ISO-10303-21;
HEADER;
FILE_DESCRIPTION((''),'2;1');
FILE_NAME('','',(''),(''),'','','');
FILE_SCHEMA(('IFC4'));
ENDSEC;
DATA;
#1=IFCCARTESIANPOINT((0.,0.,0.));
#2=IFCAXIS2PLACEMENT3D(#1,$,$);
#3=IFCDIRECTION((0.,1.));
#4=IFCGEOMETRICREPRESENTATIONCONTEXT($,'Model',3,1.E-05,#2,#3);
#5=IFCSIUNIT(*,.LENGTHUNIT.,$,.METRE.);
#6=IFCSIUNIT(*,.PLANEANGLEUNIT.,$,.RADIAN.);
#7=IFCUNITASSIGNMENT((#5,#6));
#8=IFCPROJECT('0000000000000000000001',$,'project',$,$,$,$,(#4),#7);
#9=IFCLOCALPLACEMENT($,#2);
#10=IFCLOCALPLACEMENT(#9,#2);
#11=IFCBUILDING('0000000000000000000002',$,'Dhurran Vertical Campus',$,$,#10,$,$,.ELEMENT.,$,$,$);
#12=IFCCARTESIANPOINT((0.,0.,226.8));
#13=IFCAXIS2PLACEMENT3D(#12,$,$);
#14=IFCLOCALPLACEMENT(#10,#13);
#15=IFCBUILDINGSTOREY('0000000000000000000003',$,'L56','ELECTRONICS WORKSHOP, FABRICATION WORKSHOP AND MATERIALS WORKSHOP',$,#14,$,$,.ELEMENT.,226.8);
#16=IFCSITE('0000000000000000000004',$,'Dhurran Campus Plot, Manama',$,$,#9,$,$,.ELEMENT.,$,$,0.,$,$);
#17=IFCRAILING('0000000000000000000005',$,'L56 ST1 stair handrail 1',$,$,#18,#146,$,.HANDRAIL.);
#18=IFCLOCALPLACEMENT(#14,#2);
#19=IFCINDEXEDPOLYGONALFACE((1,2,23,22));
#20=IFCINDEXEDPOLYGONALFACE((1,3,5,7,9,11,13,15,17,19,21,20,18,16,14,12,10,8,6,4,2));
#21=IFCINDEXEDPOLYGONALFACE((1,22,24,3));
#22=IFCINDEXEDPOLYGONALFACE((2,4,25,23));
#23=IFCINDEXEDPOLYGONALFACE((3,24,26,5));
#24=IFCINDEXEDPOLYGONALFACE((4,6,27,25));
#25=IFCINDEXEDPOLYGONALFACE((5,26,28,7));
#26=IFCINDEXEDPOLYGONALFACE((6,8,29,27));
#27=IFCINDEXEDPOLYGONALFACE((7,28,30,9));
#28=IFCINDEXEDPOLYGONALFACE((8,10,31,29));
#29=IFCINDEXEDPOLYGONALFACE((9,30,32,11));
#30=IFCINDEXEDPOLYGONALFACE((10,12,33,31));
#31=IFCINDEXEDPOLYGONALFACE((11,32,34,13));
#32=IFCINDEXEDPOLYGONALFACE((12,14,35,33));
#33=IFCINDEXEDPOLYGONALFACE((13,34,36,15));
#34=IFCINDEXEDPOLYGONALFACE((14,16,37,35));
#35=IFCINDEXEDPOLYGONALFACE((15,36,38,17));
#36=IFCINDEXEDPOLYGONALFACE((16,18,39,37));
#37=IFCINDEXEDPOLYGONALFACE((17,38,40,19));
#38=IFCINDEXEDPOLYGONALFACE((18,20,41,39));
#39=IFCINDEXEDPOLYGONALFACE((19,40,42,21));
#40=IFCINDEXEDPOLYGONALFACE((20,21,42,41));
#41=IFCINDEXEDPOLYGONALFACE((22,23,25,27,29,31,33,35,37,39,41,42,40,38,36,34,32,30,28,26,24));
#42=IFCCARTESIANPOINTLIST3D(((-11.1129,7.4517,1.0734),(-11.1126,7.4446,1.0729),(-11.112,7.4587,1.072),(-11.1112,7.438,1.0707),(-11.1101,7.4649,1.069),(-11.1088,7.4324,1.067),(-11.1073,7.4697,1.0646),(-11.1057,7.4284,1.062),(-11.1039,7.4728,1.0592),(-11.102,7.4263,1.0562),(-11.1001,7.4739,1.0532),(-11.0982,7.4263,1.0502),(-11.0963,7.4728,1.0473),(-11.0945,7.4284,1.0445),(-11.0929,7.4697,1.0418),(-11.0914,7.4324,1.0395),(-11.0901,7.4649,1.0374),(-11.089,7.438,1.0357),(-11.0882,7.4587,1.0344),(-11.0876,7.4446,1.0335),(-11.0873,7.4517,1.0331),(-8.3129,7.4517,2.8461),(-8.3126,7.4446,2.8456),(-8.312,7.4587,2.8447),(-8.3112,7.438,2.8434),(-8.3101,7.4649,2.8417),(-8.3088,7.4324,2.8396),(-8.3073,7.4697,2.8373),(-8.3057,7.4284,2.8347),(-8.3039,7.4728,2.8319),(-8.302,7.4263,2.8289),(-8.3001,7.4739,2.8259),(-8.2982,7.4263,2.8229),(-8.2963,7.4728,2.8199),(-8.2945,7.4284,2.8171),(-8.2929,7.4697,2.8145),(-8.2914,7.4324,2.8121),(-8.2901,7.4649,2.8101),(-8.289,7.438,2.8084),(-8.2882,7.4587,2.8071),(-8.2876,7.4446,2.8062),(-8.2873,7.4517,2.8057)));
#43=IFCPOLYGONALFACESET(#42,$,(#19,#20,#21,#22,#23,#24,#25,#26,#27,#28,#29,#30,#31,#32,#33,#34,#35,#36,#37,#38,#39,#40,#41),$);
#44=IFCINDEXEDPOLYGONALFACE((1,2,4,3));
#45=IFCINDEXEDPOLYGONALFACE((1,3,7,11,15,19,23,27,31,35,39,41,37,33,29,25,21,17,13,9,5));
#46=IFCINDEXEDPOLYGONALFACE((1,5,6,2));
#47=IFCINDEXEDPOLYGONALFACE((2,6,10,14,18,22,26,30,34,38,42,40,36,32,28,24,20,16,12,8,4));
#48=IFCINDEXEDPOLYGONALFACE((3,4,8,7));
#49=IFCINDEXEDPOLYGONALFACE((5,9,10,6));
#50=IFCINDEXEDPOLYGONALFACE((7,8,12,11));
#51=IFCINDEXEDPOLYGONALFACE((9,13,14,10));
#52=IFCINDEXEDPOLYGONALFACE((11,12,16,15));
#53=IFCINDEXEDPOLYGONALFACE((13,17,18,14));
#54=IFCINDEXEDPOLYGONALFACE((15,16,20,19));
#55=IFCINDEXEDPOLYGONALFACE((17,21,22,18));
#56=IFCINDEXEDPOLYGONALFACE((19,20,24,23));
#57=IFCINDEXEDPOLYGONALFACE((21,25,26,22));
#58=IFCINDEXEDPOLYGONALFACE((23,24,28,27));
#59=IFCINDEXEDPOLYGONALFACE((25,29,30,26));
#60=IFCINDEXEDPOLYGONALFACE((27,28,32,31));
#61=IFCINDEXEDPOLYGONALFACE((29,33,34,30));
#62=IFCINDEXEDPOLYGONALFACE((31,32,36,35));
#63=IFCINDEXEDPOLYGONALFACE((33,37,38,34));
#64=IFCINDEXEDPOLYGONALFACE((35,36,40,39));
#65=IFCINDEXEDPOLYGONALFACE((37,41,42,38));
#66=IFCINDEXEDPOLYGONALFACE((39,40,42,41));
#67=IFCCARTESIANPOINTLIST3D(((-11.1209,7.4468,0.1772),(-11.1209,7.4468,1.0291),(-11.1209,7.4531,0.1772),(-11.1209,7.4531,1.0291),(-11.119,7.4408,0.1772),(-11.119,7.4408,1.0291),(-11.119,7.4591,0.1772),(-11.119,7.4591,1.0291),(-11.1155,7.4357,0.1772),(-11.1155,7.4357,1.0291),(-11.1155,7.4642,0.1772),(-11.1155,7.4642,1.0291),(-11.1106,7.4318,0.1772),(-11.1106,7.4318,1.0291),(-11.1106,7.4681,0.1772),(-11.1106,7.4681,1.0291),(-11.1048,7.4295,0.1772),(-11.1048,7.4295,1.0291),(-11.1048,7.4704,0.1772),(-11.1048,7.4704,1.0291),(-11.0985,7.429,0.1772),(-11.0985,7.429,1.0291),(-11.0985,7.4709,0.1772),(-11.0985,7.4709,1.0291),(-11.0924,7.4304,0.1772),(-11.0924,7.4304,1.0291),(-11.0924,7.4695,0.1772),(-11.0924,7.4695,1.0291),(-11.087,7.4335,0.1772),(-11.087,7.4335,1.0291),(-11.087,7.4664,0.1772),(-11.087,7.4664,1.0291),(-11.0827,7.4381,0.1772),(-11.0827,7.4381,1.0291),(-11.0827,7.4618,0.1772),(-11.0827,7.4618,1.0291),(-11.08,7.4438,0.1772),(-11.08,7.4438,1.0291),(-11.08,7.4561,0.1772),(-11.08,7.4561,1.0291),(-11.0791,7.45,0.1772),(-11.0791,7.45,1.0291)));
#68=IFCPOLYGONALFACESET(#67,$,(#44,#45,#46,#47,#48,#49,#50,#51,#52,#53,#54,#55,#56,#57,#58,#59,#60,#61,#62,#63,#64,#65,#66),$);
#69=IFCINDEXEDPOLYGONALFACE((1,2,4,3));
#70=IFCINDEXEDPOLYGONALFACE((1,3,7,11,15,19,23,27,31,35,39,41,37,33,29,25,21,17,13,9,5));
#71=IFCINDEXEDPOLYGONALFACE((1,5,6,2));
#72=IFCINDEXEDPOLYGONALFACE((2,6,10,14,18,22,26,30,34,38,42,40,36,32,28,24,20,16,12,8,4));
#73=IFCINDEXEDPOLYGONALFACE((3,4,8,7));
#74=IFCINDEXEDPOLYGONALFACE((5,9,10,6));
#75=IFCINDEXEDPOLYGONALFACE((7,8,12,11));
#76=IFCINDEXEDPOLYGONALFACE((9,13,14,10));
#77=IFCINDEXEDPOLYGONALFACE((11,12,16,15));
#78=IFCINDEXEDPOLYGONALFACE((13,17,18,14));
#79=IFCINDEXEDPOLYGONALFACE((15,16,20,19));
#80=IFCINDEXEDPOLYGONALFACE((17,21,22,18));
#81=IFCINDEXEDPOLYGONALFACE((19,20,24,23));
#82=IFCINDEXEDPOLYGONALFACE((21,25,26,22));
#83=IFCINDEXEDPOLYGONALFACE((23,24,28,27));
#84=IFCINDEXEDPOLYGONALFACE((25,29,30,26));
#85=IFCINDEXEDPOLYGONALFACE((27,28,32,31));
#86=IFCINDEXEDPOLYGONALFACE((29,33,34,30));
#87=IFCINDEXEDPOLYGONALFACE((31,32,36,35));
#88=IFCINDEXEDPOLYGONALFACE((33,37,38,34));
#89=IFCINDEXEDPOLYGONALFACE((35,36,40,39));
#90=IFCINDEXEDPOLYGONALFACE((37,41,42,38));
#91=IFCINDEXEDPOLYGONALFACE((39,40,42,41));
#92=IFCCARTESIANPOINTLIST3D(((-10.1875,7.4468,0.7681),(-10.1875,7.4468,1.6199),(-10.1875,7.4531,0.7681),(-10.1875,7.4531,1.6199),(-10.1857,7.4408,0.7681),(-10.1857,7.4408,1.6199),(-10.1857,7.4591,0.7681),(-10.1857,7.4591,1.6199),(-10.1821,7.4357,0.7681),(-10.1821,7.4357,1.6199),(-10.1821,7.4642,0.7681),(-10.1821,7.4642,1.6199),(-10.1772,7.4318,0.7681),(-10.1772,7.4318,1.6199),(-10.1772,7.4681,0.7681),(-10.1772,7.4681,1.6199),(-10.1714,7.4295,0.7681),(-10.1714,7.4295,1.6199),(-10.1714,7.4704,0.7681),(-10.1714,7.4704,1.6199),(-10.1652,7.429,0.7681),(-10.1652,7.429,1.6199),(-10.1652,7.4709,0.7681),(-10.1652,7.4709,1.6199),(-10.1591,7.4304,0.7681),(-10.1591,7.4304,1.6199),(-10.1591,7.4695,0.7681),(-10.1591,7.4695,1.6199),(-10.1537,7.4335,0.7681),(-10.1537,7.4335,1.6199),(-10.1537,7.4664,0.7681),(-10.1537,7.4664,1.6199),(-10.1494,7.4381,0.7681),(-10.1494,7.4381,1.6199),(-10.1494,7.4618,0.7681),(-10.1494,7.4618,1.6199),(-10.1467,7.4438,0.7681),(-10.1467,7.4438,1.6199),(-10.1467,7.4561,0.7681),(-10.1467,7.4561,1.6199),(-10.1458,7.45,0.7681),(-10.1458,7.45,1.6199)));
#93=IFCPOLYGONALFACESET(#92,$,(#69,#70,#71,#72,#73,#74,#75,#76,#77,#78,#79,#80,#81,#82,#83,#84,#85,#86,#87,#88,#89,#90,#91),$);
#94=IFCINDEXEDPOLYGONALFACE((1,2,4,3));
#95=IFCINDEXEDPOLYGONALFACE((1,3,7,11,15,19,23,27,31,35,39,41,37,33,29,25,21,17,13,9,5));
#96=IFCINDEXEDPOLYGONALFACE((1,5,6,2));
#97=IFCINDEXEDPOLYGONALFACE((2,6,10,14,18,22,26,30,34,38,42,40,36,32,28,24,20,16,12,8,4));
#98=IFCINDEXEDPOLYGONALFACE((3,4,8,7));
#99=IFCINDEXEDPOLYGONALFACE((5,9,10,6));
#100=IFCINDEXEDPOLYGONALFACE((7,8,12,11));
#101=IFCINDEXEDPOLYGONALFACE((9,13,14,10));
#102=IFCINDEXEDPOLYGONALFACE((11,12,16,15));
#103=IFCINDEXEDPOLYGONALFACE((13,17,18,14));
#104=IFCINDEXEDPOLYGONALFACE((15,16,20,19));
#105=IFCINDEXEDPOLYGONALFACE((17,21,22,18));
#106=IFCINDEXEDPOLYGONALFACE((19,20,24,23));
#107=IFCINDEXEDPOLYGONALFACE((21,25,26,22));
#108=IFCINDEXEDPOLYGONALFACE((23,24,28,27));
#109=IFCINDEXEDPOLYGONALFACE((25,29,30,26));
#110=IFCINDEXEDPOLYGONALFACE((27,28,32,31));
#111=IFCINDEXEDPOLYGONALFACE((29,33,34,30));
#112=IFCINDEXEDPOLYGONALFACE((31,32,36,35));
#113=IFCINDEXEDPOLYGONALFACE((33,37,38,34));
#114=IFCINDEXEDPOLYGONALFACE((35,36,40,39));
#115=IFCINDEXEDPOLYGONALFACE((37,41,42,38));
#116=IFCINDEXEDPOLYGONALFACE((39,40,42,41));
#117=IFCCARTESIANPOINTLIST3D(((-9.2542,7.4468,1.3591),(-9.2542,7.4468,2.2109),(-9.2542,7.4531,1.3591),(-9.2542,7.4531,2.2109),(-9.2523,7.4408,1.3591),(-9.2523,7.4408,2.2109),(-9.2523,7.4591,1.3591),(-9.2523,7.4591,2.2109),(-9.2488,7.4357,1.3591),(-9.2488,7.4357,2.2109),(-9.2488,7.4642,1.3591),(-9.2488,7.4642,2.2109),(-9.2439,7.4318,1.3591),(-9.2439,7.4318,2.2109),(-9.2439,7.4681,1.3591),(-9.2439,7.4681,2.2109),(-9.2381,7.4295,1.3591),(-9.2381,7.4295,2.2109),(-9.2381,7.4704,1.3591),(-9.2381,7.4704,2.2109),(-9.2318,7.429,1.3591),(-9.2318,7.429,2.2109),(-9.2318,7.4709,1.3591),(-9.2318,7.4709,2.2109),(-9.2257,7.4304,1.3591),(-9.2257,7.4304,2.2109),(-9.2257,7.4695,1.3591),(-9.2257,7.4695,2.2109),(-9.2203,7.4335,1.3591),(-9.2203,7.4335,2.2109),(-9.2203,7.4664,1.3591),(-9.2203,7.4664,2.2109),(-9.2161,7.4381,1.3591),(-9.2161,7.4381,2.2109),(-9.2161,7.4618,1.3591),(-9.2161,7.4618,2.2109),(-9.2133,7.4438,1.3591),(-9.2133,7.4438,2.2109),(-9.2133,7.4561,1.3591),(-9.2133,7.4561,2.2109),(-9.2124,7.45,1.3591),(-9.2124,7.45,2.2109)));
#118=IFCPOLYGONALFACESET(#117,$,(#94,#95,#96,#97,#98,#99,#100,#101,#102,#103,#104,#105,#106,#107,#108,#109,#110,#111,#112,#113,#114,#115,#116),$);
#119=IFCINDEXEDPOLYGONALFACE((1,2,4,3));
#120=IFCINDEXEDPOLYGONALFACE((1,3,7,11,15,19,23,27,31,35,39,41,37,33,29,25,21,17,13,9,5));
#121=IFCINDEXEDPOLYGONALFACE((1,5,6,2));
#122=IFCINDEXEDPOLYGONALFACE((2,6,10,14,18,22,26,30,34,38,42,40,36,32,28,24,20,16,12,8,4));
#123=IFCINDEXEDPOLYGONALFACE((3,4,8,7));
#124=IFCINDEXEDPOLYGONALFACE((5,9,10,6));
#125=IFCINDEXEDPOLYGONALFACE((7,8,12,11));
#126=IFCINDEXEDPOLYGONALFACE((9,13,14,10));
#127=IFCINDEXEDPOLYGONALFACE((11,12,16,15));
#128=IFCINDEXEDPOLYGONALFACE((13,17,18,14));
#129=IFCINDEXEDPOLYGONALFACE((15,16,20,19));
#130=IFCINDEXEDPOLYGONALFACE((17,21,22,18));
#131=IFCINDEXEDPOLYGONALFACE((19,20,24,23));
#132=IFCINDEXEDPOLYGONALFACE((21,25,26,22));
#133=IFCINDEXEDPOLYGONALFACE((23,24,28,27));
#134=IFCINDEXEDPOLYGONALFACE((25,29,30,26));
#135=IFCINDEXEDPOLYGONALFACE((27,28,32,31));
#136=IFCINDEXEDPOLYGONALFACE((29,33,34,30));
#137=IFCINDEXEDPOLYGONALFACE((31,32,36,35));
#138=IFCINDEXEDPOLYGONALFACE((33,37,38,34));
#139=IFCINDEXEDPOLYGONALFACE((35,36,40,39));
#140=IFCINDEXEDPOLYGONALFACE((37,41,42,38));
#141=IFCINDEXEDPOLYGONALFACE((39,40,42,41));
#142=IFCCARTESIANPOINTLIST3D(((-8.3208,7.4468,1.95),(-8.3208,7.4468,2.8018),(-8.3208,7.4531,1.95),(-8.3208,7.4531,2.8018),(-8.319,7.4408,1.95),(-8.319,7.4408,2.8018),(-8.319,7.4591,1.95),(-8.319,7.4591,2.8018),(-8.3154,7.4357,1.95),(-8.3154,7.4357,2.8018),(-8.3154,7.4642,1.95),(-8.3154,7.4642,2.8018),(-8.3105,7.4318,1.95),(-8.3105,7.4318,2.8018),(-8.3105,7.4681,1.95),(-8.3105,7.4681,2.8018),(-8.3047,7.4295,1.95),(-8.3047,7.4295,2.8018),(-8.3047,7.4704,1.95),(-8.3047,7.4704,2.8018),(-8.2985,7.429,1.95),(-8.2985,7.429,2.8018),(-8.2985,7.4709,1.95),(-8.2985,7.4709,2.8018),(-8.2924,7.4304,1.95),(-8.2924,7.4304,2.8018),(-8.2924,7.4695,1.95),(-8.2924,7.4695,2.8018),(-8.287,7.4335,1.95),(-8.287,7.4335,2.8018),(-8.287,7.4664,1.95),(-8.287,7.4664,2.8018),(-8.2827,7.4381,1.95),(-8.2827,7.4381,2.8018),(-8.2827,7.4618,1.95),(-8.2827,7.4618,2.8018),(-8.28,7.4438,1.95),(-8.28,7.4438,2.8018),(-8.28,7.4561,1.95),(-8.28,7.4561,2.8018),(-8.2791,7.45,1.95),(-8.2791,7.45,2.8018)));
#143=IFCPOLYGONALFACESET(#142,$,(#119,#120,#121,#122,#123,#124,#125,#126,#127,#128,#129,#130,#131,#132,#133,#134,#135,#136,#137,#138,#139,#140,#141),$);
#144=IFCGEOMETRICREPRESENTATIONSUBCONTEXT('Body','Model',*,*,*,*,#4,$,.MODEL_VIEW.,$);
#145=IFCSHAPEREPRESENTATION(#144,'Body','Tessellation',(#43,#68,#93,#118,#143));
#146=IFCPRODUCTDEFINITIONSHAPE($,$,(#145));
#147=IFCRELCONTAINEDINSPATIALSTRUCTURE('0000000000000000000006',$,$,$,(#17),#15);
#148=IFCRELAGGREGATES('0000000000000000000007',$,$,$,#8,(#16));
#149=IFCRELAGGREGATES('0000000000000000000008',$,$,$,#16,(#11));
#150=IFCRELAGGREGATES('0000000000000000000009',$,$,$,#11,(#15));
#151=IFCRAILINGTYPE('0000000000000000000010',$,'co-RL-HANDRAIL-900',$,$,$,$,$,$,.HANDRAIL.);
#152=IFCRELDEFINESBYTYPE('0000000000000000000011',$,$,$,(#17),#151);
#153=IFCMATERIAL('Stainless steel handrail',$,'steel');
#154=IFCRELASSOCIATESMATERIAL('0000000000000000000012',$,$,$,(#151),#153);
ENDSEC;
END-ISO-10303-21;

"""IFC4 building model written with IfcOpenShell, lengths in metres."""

from ifc_helpers import new_model, si_unit, direction, frame, origin, origin_2d, place, context, subcontext, project, spatial, circle, extrude, material, type_object, element, save


model = new_model("IFC4")

# Units and contexts
model_context = context("Model", 3, precision=1e-05, world=origin(), true_north=direction((0.0, 1.0)))
body_context = subcontext(model_context, "Body", "Model", "MODEL_VIEW")
ifc_project = project(units=[si_unit("LENGTHUNIT", "METRE"), si_unit("PLANEANGLEUNIT", "RADIAN")], contexts=[model_context])

# Site, building, storey
site_placement = place(None, origin())
site = spatial("IfcSite", under=ifc_project, at=site_placement, Name="Dhurran Campus Plot, Manama", CompositionType="ELEMENT", RefElevation=0.0)
building_placement = place(site_placement, origin())
building = spatial("IfcBuilding", under=site, at=building_placement, Name="Dhurran Vertical Campus", CompositionType="ELEMENT")
storey_placement = place(building_placement, frame((0.0, 0.0, 226.8)))
storey = spatial("IfcBuildingStorey", under=building, at=storey_placement, Name="L56", Description="ELECTRONICS WORKSHOP, FABRICATION WORKSHOP AND MATERIALS WORKSHOP", CompositionType="ELEMENT", Elevation=226.8)

# Railing
ifc_material_1 = material(Name="Stainless steel handrail", Category="steel")
railing_type_1 = type_object("IfcRailingType", Name="co-RL-HANDRAIL-900", PredefinedType="HANDRAIL", material=ifc_material_1)
railing_1_placement = place(storey_placement, frame((-11.1001, 7.45, 0.1772)))
element("IfcRailing", 1, at=railing_1_placement, inside=storey, type_object=railing_type_1, Name="L56 ST1 stair handrail 1", PredefinedType="HANDRAIL", context=body_context, shape_type="SweptSolid", body=[
    extrude(circle(Radius=0.0239, at=origin_2d()), frame((0.0, 0.0, 0.876), z_axis=(0.844909, 0.0, 0.53491), x_axis=(0.0, 1.0, 0.0)), (0.0, 0.0, 1.0), 3.314),
    extrude(circle(Radius=0.021, at=origin_2d()), origin(), (0.0, 0.0, 1.0), 0.8518),
    extrude(circle(Radius=0.021, at=origin_2d()), frame((0.9333, 0.0, 0.5908)), (0.0, 0.0, 1.0), 0.8518),
    extrude(circle(Radius=0.021, at=origin_2d()), frame((1.8667, 0.0, 1.1819)), (0.0, 0.0, 1.0), 0.8518),
    extrude(circle(Radius=0.021, at=origin_2d()), frame((2.8, 0.0, 1.7727)), (0.0, 0.0, 1.0), 0.8518),
])

save(model, "model.ifc")
